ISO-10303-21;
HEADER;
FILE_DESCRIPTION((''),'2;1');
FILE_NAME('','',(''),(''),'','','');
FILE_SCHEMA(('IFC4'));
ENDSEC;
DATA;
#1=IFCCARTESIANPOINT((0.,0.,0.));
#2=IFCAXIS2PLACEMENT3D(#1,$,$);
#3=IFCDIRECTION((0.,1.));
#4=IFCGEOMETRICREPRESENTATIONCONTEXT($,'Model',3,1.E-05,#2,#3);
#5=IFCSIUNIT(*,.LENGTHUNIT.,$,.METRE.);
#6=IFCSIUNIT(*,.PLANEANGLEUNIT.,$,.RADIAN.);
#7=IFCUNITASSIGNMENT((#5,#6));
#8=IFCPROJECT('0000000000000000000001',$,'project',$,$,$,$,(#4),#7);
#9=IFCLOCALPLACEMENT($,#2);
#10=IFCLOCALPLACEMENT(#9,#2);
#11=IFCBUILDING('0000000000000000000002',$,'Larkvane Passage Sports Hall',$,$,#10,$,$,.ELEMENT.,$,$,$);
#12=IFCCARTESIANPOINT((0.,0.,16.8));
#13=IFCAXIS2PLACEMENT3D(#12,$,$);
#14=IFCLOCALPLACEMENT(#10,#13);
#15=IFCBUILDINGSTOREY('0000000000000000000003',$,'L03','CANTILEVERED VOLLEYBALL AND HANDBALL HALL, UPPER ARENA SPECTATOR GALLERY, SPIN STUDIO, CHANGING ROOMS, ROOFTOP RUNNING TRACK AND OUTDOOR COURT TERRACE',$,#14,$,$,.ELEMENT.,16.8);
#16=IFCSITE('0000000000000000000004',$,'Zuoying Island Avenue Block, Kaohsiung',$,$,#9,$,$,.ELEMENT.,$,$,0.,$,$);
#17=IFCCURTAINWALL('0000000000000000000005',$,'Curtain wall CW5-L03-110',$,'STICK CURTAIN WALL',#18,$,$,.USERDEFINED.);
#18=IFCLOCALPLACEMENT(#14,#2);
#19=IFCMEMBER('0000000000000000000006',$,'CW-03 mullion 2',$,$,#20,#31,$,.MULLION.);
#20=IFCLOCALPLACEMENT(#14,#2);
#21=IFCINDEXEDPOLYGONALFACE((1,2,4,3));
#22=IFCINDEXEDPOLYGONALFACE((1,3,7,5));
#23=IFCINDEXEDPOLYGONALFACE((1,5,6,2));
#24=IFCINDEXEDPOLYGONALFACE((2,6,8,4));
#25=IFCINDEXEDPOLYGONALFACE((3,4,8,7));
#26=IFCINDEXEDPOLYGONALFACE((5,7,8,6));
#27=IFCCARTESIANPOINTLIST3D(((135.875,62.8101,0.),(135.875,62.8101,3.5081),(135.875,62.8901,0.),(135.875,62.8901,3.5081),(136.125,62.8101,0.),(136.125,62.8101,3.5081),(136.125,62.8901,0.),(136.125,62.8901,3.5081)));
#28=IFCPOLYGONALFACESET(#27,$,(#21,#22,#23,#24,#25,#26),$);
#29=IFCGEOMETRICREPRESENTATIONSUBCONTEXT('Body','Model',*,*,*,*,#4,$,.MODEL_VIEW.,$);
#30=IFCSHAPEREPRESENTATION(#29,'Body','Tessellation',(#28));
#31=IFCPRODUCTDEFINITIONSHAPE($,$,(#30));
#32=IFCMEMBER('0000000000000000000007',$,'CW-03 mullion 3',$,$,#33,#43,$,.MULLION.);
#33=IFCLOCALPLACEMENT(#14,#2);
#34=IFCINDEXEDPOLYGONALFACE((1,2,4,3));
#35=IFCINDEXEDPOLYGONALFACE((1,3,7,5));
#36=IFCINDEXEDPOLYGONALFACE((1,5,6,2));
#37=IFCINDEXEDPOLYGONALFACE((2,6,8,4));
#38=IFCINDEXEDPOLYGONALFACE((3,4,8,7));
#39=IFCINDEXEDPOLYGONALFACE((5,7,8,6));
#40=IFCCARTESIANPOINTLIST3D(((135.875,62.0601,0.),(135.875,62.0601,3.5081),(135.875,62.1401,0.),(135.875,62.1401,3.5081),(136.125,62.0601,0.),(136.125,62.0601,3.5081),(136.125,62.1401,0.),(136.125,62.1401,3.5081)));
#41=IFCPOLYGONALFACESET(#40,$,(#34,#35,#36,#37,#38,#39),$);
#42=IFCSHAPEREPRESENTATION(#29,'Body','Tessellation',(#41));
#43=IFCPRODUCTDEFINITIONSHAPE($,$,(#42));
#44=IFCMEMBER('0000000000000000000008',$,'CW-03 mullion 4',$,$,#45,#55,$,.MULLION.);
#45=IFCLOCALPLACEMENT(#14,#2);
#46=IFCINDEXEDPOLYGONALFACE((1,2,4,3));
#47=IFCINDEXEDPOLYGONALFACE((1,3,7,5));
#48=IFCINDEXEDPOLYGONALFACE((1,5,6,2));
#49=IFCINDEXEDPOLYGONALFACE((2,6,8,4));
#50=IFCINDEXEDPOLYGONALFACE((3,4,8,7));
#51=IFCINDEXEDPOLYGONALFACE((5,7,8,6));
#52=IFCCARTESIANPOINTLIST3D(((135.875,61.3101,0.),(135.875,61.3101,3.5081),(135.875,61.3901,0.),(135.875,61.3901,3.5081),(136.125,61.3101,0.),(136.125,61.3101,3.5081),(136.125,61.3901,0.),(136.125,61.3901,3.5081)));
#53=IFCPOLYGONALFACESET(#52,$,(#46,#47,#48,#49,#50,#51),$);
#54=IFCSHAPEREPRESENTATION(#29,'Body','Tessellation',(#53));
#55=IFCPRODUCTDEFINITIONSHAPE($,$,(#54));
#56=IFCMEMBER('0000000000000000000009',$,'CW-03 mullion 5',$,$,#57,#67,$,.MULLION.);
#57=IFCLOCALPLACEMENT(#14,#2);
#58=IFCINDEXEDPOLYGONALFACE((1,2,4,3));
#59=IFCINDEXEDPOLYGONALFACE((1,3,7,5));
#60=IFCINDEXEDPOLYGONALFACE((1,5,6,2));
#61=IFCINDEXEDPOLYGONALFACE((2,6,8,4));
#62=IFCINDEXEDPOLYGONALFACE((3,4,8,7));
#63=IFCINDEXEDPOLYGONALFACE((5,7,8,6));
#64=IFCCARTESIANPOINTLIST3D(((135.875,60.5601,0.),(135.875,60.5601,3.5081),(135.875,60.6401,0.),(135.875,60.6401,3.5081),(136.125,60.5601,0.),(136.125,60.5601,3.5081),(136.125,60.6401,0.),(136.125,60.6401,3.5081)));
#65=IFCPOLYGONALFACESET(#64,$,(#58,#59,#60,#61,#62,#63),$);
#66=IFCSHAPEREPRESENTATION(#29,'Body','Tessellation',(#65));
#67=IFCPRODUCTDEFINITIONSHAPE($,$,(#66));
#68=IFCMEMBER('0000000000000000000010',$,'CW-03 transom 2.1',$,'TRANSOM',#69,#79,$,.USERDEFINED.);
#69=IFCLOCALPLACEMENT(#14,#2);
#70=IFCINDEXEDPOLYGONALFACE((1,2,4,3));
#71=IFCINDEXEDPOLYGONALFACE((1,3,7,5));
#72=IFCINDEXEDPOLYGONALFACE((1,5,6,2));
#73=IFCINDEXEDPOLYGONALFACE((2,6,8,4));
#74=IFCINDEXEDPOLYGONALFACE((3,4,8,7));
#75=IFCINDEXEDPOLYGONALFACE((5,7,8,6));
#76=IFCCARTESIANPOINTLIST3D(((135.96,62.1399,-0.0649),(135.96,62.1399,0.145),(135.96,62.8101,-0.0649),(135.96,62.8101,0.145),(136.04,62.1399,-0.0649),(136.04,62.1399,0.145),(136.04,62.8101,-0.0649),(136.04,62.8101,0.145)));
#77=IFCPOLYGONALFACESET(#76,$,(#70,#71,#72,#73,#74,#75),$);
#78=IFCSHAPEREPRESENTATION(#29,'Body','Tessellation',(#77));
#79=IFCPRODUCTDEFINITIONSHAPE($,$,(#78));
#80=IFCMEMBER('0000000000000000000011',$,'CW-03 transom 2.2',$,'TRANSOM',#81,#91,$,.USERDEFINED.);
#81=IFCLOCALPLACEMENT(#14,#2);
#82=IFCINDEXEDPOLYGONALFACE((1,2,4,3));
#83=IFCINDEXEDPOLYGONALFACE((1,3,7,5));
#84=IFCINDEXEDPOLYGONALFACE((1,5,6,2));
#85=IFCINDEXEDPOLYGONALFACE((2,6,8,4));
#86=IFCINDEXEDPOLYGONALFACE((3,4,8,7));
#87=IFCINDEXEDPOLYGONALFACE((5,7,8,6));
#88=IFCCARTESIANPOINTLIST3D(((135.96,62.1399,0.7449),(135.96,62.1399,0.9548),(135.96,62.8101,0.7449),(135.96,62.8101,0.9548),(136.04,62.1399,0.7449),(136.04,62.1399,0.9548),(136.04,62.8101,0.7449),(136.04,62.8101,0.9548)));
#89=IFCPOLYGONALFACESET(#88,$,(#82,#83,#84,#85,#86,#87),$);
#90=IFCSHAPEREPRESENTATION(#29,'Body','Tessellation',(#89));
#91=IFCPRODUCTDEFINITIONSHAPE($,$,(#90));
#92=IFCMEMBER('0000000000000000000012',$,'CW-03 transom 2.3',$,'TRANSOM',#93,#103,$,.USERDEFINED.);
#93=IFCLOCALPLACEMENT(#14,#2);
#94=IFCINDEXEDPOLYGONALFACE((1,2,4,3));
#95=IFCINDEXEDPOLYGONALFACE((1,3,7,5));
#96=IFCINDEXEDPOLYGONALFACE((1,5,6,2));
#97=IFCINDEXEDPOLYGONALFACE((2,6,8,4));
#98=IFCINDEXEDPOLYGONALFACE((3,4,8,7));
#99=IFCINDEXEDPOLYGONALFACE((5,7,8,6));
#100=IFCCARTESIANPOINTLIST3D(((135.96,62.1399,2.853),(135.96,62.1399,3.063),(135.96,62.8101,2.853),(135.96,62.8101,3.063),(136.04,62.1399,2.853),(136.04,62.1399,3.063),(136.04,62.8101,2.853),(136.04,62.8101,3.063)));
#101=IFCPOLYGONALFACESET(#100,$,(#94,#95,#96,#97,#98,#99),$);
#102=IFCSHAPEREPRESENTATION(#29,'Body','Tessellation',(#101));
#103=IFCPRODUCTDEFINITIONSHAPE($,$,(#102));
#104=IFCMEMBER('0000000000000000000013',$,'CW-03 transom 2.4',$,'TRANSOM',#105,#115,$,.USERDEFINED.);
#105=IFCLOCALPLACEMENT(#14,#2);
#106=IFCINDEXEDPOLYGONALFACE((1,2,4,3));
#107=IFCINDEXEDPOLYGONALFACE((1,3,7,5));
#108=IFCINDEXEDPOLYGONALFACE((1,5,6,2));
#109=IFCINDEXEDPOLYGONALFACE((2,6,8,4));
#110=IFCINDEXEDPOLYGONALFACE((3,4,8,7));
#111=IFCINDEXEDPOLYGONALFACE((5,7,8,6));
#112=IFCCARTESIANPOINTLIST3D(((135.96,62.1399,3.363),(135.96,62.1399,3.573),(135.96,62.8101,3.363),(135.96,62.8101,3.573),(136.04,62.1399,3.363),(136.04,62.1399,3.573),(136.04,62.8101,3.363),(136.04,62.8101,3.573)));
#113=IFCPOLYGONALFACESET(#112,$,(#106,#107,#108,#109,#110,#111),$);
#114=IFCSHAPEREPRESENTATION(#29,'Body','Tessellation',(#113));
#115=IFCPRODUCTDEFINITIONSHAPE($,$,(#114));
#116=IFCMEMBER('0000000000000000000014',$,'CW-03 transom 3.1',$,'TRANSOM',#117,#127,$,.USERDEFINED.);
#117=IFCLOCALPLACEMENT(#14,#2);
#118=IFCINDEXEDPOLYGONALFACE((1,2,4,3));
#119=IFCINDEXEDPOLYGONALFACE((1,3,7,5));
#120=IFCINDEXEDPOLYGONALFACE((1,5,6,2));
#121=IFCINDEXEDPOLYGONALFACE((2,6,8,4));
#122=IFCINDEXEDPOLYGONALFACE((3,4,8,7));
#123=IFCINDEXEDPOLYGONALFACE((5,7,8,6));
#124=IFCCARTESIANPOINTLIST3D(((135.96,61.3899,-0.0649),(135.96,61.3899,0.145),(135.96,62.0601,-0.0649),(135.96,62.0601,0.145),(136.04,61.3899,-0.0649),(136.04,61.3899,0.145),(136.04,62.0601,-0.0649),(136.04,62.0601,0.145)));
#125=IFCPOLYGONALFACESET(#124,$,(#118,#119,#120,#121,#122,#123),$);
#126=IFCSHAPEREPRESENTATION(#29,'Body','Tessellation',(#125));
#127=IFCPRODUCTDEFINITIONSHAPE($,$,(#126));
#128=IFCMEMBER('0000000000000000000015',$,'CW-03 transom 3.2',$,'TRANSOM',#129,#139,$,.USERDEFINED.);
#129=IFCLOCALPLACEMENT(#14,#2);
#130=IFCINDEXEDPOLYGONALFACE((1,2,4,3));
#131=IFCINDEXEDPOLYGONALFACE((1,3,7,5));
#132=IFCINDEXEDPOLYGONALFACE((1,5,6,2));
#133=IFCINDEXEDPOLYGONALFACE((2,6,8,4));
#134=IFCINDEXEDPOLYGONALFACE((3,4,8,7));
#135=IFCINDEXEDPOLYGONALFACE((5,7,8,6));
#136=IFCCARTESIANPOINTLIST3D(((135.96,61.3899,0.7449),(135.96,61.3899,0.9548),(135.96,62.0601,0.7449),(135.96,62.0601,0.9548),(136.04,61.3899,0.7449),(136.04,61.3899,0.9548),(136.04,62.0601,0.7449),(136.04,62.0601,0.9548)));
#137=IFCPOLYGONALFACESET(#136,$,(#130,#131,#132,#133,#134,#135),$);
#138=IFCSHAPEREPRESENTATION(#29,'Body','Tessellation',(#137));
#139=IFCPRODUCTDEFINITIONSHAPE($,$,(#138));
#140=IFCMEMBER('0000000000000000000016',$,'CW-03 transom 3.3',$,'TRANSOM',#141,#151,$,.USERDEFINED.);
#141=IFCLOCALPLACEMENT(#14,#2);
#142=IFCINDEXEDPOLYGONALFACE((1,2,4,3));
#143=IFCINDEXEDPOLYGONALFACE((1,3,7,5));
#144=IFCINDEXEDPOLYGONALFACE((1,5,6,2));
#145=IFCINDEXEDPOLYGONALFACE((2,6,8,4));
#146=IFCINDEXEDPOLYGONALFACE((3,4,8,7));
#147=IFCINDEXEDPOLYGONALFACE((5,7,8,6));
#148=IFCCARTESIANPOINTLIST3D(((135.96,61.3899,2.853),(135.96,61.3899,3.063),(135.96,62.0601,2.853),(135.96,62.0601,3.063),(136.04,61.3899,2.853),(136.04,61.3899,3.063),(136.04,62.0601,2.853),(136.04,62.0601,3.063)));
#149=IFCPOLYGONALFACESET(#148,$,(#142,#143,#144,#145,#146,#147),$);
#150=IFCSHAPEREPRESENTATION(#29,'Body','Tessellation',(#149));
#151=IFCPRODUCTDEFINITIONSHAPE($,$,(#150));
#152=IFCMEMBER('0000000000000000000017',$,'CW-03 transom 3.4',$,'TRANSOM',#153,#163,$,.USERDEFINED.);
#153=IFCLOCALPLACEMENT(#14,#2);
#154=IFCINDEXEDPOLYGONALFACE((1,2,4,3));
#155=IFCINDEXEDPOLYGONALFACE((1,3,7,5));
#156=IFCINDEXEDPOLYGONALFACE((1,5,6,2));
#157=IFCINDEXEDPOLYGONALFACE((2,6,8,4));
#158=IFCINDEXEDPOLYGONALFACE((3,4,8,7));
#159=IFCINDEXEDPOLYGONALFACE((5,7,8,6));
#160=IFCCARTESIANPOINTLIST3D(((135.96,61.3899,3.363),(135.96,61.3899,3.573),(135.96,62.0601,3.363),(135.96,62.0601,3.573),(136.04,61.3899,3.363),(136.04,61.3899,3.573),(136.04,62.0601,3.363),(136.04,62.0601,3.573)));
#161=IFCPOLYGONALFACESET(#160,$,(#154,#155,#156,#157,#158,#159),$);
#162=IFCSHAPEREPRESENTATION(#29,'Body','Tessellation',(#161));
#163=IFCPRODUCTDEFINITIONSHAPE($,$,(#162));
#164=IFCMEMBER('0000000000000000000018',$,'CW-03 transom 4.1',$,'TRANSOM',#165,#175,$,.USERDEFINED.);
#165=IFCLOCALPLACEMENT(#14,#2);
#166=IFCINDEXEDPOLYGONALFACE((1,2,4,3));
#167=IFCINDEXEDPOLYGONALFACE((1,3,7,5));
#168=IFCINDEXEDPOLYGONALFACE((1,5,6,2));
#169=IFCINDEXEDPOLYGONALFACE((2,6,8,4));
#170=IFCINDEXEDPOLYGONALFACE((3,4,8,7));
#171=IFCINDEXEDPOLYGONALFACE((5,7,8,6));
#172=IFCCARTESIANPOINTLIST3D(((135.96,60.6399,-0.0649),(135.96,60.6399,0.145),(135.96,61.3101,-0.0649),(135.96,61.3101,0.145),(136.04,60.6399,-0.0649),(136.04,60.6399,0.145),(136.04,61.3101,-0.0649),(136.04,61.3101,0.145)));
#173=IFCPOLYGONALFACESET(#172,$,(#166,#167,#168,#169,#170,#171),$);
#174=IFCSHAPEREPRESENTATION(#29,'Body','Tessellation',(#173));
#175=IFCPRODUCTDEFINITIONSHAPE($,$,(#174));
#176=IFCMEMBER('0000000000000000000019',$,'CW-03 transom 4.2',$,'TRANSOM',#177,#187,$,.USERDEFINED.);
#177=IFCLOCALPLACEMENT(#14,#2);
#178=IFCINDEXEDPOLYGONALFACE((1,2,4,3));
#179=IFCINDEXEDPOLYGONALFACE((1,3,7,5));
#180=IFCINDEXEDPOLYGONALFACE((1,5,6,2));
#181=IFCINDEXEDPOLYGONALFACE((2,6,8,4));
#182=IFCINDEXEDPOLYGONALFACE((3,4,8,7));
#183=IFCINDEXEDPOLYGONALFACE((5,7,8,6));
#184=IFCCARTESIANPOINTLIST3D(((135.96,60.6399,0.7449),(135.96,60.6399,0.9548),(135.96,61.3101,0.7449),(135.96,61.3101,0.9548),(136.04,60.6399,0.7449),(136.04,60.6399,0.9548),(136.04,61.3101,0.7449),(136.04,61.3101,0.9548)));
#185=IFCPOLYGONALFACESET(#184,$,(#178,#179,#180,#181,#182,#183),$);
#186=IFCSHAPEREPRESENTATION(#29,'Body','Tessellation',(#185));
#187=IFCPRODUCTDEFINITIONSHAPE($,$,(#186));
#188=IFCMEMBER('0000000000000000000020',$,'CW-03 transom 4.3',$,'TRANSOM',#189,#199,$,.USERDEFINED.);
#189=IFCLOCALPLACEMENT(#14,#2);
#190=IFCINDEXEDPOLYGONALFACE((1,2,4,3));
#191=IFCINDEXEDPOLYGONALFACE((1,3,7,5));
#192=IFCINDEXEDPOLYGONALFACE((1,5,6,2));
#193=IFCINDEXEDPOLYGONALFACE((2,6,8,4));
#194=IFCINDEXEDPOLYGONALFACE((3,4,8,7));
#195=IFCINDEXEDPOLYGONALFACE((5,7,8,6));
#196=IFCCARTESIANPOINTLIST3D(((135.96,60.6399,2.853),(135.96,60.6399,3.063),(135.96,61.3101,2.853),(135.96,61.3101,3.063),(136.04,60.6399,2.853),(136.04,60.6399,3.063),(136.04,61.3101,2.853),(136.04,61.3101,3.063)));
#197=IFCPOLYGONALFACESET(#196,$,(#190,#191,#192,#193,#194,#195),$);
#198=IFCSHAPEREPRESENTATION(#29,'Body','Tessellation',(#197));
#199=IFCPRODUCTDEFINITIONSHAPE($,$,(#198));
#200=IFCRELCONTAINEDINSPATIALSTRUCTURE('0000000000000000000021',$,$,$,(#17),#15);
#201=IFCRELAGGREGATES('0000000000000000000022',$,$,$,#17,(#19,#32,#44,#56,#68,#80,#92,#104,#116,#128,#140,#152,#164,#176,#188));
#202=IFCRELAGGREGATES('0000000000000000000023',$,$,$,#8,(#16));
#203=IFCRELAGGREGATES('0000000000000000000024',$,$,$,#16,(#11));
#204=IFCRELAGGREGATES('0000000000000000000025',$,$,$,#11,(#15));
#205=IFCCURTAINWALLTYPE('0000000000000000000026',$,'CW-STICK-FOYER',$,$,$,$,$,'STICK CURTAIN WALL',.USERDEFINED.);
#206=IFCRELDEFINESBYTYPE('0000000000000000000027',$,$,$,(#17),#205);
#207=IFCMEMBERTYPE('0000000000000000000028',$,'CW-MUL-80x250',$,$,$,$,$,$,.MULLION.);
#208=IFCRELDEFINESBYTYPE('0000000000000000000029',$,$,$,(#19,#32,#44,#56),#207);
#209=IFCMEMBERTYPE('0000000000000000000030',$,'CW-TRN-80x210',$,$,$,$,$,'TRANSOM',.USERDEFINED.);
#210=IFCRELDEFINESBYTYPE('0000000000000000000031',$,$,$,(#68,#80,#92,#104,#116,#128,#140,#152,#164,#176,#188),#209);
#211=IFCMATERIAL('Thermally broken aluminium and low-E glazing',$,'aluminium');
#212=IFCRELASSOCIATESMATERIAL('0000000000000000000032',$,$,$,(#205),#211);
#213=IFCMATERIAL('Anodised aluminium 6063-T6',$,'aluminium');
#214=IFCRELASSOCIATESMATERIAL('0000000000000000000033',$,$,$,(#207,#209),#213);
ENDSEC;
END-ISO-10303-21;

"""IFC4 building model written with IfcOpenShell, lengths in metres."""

from ifc_helpers import new_model, si_unit, direction, frame, origin, origin_2d, place, context, subcontext, project, spatial, rectangle, extrude, material, material_profile, profile_set, type_object, element, aggregate, save


model = new_model("IFC4")

# Units and contexts
model_context = context("Model", 3, precision=1e-05, world=origin(), true_north=direction((0.0, 1.0)))
body_context = subcontext(model_context, "Body", "Model", "MODEL_VIEW")
ifc_project = project(units=[si_unit("LENGTHUNIT", "METRE"), si_unit("PLANEANGLEUNIT", "RADIAN")], contexts=[model_context])

# Site, building, storey
site_placement = place(None, origin())
site = spatial("IfcSite", under=ifc_project, at=site_placement, Name="Zuoying Island Avenue Block, Kaohsiung", CompositionType="ELEMENT", RefElevation=0.0)
building_placement = place(site_placement, origin())
building = spatial("IfcBuilding", under=site, at=building_placement, Name="Larkvane Passage Sports Hall", CompositionType="ELEMENT")
storey_placement = place(building_placement, frame((0.0, 0.0, 16.8)))
storey = spatial("IfcBuildingStorey", under=building, at=storey_placement, Name="L03", Description="CANTILEVERED VOLLEYBALL AND HANDBALL HALL, UPPER ARENA SPECTATOR GALLERY, SPIN STUDIO, CHANGING ROOMS, ROOFTOP RUNNING TRACK AND OUTDOOR COURT TERRACE", CompositionType="ELEMENT", Elevation=16.8)

# Curtain wall, members
ifc_material_1 = material(Name="Thermally broken aluminium and low-E glazing", Category="aluminium")
curtain_wall_type = type_object("IfcCurtainWallType", Name="CW-STICK-FOYER", ElementType="STICK CURTAIN WALL", PredefinedType="USERDEFINED", material=ifc_material_1)
curtain_wall_placement = place(storey_placement, origin())
curtain_wall = element("IfcCurtainWall", 1, at=curtain_wall_placement, inside=storey, type_object=curtain_wall_type, Name="Curtain wall CW5-L03-110", ObjectType="STICK CURTAIN WALL", PredefinedType="USERDEFINED")
ifc_material_2 = material(Name="Anodised aluminium 6063-T6", Category="aluminium")
ifc_material_profile_1 = material_profile(ifc_material_2, rectangle(XDim=0.0801, YDim=0.25, at=origin_2d()), Name="ALU-MUL-80x250")
ifc_profile_set_1 = profile_set([ifc_material_profile_1], Name="Anodised aluminium 6063-T6")
member_type_1 = type_object("IfcMemberType", Name="CW-MUL-80x250", PredefinedType="MULLION", material=ifc_profile_set_1)
member_1_placement = place(storey_placement, frame((136.0, 62.8501, 0.0), z_axis=(0.0, 0.0, 1.0), x_axis=(0.0, -1.0, 0.0)))
member_1 = element("IfcMember", 2, at=member_1_placement, type_object=member_type_1, Name="CW-03 mullion 2", PredefinedType="MULLION", context=body_context, shape_type="SweptSolid", body=[
    extrude(rectangle(XDim=0.0801, YDim=0.25, at=origin_2d()), origin(), (0.0, 0.0, 1.0), 3.5081),
])
member_2_placement = place(storey_placement, frame((136.0, 62.1001, 0.0), z_axis=(0.0, 0.0, 1.0), x_axis=(0.0, -1.0, 0.0)))
member_2 = element("IfcMember", 3, at=member_2_placement, type_object=member_type_1, Name="CW-03 mullion 3", PredefinedType="MULLION", context=body_context, shape_type="SweptSolid", body=[
    extrude(rectangle(XDim=0.0801, YDim=0.25, at=origin_2d()), origin(), (0.0, 0.0, 1.0), 3.5081),
])
member_3_placement = place(storey_placement, frame((136.0, 61.3501, 0.0), z_axis=(0.0, 0.0, 1.0), x_axis=(0.0, -1.0, 0.0)))
member_3 = element("IfcMember", 4, at=member_3_placement, type_object=member_type_1, Name="CW-03 mullion 4", PredefinedType="MULLION", context=body_context, shape_type="SweptSolid", body=[
    extrude(rectangle(XDim=0.0801, YDim=0.25, at=origin_2d()), origin(), (0.0, 0.0, 1.0), 3.5081),
])
member_4_placement = place(storey_placement, frame((136.0, 60.6001, 0.0), z_axis=(0.0, 0.0, 1.0), x_axis=(0.0, -1.0, 0.0)))
member_4 = element("IfcMember", 5, at=member_4_placement, type_object=member_type_1, Name="CW-03 mullion 5", PredefinedType="MULLION", context=body_context, shape_type="SweptSolid", body=[
    extrude(rectangle(XDim=0.0801, YDim=0.25, at=origin_2d()), origin(), (0.0, 0.0, 1.0), 3.5081),
])
ifc_material_profile_2 = material_profile(ifc_material_2, rectangle(XDim=0.0801, YDim=0.21, at=origin_2d()), Name="ALU-TRN-80x210")
ifc_profile_set_2 = profile_set([ifc_material_profile_2], Name="Anodised aluminium 6063-T6")
member_type_2 = type_object("IfcMemberType", Name="CW-TRN-80x210", ElementType="TRANSOM", PredefinedType="USERDEFINED", material=ifc_profile_set_2)
member_5_placement = place(storey_placement, frame((136.0, 62.8101, 0.04), z_axis=(0.0, -1.0, 0.0), x_axis=(1.0, 0.0, 0.0)))
member_5 = element("IfcMember", 6, at=member_5_placement, type_object=member_type_2, Name="CW-03 transom 2.1", ObjectType="TRANSOM", PredefinedType="USERDEFINED", context=body_context, shape_type="SweptSolid", body=[
    extrude(rectangle(XDim=0.0801, YDim=0.21, at=origin_2d()), origin(), (0.0, 0.0, 1.0), 0.6702),
])
member_6_placement = place(storey_placement, frame((136.0, 62.8101, 0.8499), z_axis=(0.0, -1.0, 0.0), x_axis=(1.0, 0.0, 0.0)))
member_6 = element("IfcMember", 7, at=member_6_placement, type_object=member_type_2, Name="CW-03 transom 2.2", ObjectType="TRANSOM", PredefinedType="USERDEFINED", context=body_context, shape_type="SweptSolid", body=[
    extrude(rectangle(XDim=0.0801, YDim=0.21, at=origin_2d()), origin(), (0.0, 0.0, 1.0), 0.6702),
])
member_7_placement = place(storey_placement, frame((136.0, 62.8101, 2.958), z_axis=(0.0, -1.0, 0.0), x_axis=(1.0, 0.0, 0.0)))
member_7 = element("IfcMember", 8, at=member_7_placement, type_object=member_type_2, Name="CW-03 transom 2.3", ObjectType="TRANSOM", PredefinedType="USERDEFINED", context=body_context, shape_type="SweptSolid", body=[
    extrude(rectangle(XDim=0.0801, YDim=0.21, at=origin_2d()), origin(), (0.0, 0.0, 1.0), 0.6702),
])
member_8_placement = place(storey_placement, frame((136.0, 62.8101, 3.468), z_axis=(0.0, -1.0, 0.0), x_axis=(1.0, 0.0, 0.0)))
member_8 = element("IfcMember", 9, at=member_8_placement, type_object=member_type_2, Name="CW-03 transom 2.4", ObjectType="TRANSOM", PredefinedType="USERDEFINED", context=body_context, shape_type="SweptSolid", body=[
    extrude(rectangle(XDim=0.0801, YDim=0.21, at=origin_2d()), origin(), (0.0, 0.0, 1.0), 0.6702),
])
member_9_placement = place(storey_placement, frame((136.0, 62.0601, 0.04), z_axis=(0.0, -1.0, 0.0), x_axis=(1.0, 0.0, 0.0)))
member_9 = element("IfcMember", 10, at=member_9_placement, type_object=member_type_2, Name="CW-03 transom 3.1", ObjectType="TRANSOM", PredefinedType="USERDEFINED", context=body_context, shape_type="SweptSolid", body=[
    extrude(rectangle(XDim=0.0801, YDim=0.21, at=origin_2d()), origin(), (0.0, 0.0, 1.0), 0.6702),
])
member_10_placement = place(storey_placement, frame((136.0, 62.0601, 0.8499), z_axis=(0.0, -1.0, 0.0), x_axis=(1.0, 0.0, 0.0)))
member_10 = element("IfcMember", 11, at=member_10_placement, type_object=member_type_2, Name="CW-03 transom 3.2", ObjectType="TRANSOM", PredefinedType="USERDEFINED", context=body_context, shape_type="SweptSolid", body=[
    extrude(rectangle(XDim=0.0801, YDim=0.21, at=origin_2d()), origin(), (0.0, 0.0, 1.0), 0.6702),
])
member_11_placement = place(storey_placement, frame((136.0, 62.0601, 2.958), z_axis=(0.0, -1.0, 0.0), x_axis=(1.0, 0.0, 0.0)))
member_11 = element("IfcMember", 12, at=member_11_placement, type_object=member_type_2, Name="CW-03 transom 3.3", ObjectType="TRANSOM", PredefinedType="USERDEFINED", context=body_context, shape_type="SweptSolid", body=[
    extrude(rectangle(XDim=0.0801, YDim=0.21, at=origin_2d()), origin(), (0.0, 0.0, 1.0), 0.6702),
])
member_12_placement = place(storey_placement, frame((136.0, 62.0601, 3.468), z_axis=(0.0, -1.0, 0.0), x_axis=(1.0, 0.0, 0.0)))
member_12 = element("IfcMember", 13, at=member_12_placement, type_object=member_type_2, Name="CW-03 transom 3.4", ObjectType="TRANSOM", PredefinedType="USERDEFINED", context=body_context, shape_type="SweptSolid", body=[
    extrude(rectangle(XDim=0.0801, YDim=0.21, at=origin_2d()), origin(), (0.0, 0.0, 1.0), 0.6702),
])
member_13_placement = place(storey_placement, frame((136.0, 61.3101, 0.04), z_axis=(0.0, -1.0, 0.0), x_axis=(1.0, 0.0, 0.0)))
member_13 = element("IfcMember", 14, at=member_13_placement, type_object=member_type_2, Name="CW-03 transom 4.1", ObjectType="TRANSOM", PredefinedType="USERDEFINED", context=body_context, shape_type="SweptSolid", body=[
    extrude(rectangle(XDim=0.0801, YDim=0.21, at=origin_2d()), origin(), (0.0, 0.0, 1.0), 0.6702),
])
member_14_placement = place(storey_placement, frame((136.0, 61.3101, 0.8499), z_axis=(0.0, -1.0, 0.0), x_axis=(1.0, 0.0, 0.0)))
member_14 = element("IfcMember", 15, at=member_14_placement, type_object=member_type_2, Name="CW-03 transom 4.2", ObjectType="TRANSOM", PredefinedType="USERDEFINED", context=body_context, shape_type="SweptSolid", body=[
    extrude(rectangle(XDim=0.0801, YDim=0.21, at=origin_2d()), origin(), (0.0, 0.0, 1.0), 0.6702),
])
member_15_placement = place(storey_placement, frame((136.0, 61.3101, 2.958), z_axis=(0.0, -1.0, 0.0), x_axis=(1.0, 0.0, 0.0)))
member_15 = element("IfcMember", 16, at=member_15_placement, type_object=member_type_2, Name="CW-03 transom 4.3", ObjectType="TRANSOM", PredefinedType="USERDEFINED", context=body_context, shape_type="SweptSolid", body=[
    extrude(rectangle(XDim=0.0801, YDim=0.21, at=origin_2d()), origin(), (0.0, 0.0, 1.0), 0.6702),
])
aggregate(curtain_wall, [member_1, member_2, member_3, member_4, member_5, member_6, member_7, member_8, member_9, member_10, member_11, member_12, member_13, member_14, member_15])

save(model, "model.ifc")
